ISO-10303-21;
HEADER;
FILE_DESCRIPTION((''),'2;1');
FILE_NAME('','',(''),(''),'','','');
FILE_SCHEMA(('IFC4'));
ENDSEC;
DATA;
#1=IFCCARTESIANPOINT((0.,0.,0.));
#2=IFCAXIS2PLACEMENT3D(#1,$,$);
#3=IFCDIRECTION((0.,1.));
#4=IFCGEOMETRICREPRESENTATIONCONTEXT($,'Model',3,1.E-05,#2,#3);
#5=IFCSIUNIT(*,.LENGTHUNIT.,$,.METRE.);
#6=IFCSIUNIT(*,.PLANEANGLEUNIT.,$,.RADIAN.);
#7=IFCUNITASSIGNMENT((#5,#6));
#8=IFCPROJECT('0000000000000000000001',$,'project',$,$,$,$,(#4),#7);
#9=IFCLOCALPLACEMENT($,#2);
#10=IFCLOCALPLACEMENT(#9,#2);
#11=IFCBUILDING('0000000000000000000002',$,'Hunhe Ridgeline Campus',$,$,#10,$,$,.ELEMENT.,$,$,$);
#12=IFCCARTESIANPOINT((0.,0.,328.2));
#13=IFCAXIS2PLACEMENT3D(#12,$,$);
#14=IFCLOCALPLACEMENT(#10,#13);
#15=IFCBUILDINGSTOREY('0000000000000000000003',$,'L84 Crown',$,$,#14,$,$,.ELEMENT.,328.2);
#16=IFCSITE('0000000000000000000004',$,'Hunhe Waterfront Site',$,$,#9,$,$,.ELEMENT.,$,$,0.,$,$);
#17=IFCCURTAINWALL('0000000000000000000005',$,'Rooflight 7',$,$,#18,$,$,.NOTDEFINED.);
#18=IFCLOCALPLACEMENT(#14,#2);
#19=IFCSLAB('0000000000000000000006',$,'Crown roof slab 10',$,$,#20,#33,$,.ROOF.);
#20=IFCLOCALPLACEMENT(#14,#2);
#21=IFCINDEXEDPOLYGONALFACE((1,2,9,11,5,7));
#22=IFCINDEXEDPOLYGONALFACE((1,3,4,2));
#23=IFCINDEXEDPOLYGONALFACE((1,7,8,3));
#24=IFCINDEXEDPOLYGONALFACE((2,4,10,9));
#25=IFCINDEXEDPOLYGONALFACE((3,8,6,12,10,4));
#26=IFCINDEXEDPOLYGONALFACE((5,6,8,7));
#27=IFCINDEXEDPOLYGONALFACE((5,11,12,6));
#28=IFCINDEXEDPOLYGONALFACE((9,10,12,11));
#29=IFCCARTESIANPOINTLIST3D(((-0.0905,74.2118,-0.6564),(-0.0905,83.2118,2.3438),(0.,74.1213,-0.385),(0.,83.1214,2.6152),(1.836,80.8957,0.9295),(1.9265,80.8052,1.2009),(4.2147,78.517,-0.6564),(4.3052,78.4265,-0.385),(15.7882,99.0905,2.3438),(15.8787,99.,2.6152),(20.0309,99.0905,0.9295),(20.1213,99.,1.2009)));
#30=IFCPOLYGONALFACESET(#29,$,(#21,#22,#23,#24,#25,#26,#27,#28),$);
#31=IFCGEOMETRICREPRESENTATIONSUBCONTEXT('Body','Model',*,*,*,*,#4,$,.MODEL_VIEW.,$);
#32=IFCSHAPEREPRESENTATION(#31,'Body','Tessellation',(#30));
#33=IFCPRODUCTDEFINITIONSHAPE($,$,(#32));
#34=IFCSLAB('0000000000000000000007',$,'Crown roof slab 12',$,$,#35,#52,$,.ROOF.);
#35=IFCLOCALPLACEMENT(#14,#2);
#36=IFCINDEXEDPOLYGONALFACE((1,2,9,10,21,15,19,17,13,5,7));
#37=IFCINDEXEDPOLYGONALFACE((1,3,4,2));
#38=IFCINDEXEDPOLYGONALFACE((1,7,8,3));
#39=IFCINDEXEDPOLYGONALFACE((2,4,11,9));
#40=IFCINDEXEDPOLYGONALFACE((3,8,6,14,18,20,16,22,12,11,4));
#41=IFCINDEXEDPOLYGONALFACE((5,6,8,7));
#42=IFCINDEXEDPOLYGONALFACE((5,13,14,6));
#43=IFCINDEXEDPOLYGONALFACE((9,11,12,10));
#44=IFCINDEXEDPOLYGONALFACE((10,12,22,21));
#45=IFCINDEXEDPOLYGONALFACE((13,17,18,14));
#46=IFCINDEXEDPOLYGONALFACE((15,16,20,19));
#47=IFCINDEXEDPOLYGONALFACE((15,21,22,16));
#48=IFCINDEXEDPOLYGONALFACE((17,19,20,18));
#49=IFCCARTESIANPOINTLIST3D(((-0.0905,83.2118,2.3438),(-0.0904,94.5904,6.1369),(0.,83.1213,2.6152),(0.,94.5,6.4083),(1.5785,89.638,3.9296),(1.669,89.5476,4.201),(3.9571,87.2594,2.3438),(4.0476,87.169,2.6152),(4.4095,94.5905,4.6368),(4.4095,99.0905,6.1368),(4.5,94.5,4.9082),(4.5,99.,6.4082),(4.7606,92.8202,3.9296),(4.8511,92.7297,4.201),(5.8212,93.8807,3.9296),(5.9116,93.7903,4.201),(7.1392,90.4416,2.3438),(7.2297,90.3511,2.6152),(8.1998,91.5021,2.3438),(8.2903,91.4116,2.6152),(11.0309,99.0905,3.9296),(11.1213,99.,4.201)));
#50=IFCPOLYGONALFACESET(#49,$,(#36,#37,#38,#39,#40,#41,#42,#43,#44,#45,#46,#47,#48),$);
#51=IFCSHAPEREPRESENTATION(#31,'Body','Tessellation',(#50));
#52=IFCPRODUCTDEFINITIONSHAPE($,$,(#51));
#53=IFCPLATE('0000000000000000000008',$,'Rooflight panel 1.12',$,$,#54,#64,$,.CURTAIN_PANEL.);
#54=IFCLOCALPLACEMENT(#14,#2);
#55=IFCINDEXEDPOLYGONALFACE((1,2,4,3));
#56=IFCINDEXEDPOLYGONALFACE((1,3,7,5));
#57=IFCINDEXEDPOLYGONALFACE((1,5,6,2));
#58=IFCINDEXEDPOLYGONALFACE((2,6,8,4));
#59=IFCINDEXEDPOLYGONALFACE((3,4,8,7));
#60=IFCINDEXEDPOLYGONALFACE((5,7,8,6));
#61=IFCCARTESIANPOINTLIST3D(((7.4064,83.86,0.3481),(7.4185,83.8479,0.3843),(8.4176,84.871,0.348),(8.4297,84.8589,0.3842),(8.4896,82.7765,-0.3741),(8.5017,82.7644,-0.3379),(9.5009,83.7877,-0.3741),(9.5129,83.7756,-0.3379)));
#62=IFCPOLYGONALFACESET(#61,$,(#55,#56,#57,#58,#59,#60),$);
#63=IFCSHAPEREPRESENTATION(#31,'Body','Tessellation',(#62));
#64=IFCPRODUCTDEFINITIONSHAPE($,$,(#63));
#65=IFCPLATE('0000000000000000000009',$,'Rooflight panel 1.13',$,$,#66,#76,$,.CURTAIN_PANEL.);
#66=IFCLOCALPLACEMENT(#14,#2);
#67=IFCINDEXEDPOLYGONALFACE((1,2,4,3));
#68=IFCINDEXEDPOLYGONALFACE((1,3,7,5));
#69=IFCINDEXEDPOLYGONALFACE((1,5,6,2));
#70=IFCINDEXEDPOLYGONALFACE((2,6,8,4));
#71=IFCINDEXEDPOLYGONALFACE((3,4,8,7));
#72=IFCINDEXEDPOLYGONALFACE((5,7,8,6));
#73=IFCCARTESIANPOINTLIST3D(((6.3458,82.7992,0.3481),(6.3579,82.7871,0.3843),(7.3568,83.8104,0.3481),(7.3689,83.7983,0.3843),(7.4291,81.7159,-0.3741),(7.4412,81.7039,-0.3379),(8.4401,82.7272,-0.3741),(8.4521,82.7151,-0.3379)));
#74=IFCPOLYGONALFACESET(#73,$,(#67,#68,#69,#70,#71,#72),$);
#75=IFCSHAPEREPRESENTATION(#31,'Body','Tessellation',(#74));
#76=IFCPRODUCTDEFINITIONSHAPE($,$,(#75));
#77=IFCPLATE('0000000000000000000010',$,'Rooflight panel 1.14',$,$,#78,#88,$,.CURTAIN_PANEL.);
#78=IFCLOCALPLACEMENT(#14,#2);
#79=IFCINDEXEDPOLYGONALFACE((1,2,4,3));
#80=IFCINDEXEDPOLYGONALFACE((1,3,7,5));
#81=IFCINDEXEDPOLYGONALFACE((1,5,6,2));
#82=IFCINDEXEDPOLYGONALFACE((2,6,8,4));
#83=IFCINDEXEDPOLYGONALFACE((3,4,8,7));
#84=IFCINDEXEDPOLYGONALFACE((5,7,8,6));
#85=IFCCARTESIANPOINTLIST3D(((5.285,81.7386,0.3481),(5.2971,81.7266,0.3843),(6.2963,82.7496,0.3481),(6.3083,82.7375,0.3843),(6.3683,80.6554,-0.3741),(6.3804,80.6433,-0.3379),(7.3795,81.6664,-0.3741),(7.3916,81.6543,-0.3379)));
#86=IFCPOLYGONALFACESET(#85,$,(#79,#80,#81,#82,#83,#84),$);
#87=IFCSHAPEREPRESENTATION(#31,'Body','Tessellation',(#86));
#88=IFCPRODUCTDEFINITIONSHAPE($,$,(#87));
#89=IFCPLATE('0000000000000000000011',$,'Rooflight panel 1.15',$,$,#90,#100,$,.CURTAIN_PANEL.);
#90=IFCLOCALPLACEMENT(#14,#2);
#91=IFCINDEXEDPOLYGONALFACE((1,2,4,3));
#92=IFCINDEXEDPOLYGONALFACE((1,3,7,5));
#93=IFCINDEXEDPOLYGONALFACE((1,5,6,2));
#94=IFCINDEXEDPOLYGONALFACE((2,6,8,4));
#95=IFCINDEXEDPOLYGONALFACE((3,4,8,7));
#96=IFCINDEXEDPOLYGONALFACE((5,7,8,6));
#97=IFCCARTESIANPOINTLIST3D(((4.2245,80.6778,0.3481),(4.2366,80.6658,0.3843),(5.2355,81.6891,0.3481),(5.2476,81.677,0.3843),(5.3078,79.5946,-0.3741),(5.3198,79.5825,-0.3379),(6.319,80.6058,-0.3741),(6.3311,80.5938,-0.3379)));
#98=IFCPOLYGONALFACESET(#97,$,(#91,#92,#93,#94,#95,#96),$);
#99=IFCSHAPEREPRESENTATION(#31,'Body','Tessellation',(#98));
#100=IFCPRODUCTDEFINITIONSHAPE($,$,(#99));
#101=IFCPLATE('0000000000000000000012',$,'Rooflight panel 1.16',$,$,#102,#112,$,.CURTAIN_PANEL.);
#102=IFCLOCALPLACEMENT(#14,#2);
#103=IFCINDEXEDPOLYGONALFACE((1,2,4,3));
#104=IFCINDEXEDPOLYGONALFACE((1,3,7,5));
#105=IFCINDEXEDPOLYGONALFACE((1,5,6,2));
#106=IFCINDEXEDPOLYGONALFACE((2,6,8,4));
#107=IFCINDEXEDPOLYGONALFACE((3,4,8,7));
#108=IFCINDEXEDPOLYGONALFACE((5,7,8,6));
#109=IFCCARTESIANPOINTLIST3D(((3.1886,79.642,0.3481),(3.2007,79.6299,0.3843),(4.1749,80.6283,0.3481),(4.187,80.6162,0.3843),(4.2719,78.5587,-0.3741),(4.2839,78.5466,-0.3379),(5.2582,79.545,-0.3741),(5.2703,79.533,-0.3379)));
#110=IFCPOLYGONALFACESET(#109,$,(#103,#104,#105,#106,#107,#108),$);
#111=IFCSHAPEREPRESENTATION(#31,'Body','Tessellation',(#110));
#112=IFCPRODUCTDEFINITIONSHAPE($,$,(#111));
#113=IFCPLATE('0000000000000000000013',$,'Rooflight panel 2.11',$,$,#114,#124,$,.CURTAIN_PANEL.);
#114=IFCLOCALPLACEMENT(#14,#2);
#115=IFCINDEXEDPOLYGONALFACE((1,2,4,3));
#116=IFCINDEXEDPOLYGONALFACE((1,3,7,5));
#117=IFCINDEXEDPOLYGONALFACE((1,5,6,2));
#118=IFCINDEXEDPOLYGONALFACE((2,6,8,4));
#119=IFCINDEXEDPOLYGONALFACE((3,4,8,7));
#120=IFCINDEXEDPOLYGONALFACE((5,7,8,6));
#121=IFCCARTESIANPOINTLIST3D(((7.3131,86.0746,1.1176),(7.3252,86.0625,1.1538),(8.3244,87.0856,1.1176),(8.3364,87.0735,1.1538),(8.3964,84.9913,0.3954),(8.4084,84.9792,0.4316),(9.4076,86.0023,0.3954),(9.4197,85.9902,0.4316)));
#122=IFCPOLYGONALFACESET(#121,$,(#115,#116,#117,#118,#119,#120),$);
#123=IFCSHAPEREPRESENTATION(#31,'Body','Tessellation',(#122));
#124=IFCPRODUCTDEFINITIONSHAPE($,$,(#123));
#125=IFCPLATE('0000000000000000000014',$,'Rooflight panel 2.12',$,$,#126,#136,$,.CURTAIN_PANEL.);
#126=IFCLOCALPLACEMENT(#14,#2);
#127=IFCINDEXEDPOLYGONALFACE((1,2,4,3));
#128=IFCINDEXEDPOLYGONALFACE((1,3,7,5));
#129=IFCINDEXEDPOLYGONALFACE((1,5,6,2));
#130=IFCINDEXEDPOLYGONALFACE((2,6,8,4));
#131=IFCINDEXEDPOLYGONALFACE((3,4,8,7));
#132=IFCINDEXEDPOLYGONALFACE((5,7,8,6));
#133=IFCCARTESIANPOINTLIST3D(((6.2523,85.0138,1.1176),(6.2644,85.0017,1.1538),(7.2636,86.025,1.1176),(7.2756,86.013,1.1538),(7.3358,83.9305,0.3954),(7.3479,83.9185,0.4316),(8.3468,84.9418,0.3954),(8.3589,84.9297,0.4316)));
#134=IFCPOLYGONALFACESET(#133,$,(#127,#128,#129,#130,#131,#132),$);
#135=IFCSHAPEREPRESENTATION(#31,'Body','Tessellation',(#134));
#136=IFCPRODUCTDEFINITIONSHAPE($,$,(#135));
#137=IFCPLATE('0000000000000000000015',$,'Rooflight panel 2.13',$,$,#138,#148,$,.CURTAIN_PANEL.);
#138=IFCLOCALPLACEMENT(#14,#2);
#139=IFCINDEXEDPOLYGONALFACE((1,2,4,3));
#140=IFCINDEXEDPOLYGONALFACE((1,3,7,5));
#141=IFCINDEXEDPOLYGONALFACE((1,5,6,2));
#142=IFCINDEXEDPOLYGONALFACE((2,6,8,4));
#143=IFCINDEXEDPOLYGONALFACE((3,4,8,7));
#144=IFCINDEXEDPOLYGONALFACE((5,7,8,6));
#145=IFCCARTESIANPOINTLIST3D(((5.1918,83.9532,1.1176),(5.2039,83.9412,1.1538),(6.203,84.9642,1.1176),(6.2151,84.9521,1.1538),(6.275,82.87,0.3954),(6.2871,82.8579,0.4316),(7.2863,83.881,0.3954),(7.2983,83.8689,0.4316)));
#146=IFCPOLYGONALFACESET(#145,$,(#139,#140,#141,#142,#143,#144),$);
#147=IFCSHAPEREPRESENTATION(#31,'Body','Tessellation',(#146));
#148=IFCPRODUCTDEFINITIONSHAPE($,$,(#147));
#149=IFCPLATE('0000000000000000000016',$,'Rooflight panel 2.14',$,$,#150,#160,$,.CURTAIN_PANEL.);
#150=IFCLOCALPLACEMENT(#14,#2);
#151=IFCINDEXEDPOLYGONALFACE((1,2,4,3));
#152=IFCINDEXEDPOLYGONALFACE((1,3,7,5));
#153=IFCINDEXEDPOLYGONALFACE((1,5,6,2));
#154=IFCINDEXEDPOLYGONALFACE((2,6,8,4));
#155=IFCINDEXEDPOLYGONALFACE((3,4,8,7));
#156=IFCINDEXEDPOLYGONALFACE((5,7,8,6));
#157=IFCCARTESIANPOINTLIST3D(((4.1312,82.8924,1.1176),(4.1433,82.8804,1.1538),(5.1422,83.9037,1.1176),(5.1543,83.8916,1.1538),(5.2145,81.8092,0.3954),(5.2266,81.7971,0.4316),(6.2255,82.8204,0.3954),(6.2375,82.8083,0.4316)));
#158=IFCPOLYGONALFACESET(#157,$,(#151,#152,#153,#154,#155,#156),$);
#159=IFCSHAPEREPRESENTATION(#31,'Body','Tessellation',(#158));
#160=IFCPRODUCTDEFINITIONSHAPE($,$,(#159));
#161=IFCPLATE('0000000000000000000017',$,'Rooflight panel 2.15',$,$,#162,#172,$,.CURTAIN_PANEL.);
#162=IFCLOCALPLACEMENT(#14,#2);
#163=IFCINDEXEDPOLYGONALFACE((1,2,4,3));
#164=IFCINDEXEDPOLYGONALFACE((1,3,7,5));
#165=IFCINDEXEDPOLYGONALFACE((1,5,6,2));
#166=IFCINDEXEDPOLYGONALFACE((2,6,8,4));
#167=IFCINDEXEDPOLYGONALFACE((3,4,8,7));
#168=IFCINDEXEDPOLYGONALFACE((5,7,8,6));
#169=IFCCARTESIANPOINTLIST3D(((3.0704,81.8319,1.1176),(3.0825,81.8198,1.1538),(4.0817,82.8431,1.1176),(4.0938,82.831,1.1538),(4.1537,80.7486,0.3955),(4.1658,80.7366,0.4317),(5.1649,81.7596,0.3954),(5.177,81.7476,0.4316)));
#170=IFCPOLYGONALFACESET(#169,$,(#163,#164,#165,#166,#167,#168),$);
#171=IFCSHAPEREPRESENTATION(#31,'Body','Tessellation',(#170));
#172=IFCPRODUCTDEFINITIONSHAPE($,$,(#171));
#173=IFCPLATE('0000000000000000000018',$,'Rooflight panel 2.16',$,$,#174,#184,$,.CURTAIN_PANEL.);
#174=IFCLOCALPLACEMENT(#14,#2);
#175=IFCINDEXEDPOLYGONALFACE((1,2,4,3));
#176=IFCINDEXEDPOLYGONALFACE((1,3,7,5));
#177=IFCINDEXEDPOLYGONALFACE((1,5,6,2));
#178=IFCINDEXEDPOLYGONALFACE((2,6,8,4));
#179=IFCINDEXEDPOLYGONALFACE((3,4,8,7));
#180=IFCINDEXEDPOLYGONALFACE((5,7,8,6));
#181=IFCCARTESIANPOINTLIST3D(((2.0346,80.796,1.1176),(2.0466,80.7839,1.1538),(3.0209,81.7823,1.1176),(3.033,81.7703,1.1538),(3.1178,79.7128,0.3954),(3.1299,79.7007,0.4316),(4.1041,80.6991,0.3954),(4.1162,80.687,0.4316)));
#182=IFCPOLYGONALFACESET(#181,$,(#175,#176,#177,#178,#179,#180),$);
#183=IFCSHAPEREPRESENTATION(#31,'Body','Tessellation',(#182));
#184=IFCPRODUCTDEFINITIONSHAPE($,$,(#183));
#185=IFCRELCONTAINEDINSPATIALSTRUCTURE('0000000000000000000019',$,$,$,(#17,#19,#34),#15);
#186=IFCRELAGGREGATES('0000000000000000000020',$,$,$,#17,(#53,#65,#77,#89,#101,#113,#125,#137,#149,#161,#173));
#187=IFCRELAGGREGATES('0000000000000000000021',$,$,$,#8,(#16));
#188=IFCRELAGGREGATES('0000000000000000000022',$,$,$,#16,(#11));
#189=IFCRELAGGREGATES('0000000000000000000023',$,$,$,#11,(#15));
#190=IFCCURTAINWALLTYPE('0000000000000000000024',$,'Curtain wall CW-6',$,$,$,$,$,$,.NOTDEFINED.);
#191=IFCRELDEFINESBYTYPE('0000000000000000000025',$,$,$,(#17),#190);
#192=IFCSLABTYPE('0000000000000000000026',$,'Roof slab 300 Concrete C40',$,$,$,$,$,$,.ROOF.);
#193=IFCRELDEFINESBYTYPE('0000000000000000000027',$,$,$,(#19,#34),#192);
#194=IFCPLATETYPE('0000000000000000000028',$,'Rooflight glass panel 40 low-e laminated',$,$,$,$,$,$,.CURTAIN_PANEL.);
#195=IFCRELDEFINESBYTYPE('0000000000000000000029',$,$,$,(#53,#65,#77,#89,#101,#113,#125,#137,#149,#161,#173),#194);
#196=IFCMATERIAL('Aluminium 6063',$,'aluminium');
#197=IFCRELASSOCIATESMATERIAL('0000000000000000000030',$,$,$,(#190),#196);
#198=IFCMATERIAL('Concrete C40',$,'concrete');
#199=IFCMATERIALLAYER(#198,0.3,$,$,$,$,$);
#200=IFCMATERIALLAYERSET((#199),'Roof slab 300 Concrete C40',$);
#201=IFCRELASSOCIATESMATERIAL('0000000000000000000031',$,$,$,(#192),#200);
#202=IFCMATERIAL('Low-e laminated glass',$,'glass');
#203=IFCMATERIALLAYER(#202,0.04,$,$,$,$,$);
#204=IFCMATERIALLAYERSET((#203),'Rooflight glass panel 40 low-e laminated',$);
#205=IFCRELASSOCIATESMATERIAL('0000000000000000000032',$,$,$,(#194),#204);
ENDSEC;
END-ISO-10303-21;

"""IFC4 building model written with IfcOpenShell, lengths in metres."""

from ifc_helpers import new_model, si_unit, direction, frame, origin, place, context, subcontext, project, spatial, polyline, outline, extrude, material, layer, layer_set, type_object, element, aggregate, save


model = new_model("IFC4")

# Units and contexts
model_context = context("Model", 3, precision=1e-05, world=origin(), true_north=direction((0.0, 1.0)))
body_context = subcontext(model_context, "Body", "Model", "MODEL_VIEW")
ifc_project = project(units=[si_unit("LENGTHUNIT", "METRE"), si_unit("PLANEANGLEUNIT", "RADIAN")], contexts=[model_context])

# Site, building, storey
site_placement = place(None, origin())
site = spatial("IfcSite", under=ifc_project, at=site_placement, Name="Hunhe Waterfront Site", CompositionType="ELEMENT", RefElevation=0.0)
building_placement = place(site_placement, origin())
building = spatial("IfcBuilding", under=site, at=building_placement, Name="Hunhe Ridgeline Campus", CompositionType="ELEMENT")
storey_placement = place(building_placement, frame((0.0, 0.0, 328.2)))
storey = spatial("IfcBuildingStorey", under=building, at=storey_placement, Name="L84 Crown", CompositionType="ELEMENT", Elevation=328.2)

# Curtain wall
ifc_material_1 = material(Name="Aluminium 6063", Category="aluminium")
curtain_wall_type = type_object("IfcCurtainWallType", Name="Curtain wall CW-6", PredefinedType="NOTDEFINED", material=ifc_material_1)
curtain_wall_1_placement = place(storey_placement, origin())
curtain_wall_1 = element("IfcCurtainWall", 1, at=curtain_wall_1_placement, inside=storey, type_object=curtain_wall_type, Name="Rooflight 7", PredefinedType="NOTDEFINED")

# Slabs
ifc_material_2 = material(Name="Concrete C40", Category="concrete")
ifc_layer_1 = layer(ifc_material_2, 0.3)
ifc_layer_set_1 = layer_set([ifc_layer_1], Name="Roof slab 300 Concrete C40")
slab_type = type_object("IfcSlabType", Name="Roof slab 300 Concrete C40", PredefinedType="ROOF", material=ifc_layer_set_1)
slab_1_placement = place(storey_placement, frame((4.3052, 78.4265, -0.385), z_axis=(0.301526, -0.301527, 0.904524), x_axis=(-0.639595, 0.639595, 0.426423)))
element("IfcSlab", 2, at=slab_1_placement, inside=storey, type_object=slab_type, Name="Crown roof slab 10", PredefinedType="ROOF", context=body_context, shape_type="SweptSolid", body=[
    extrude(outline(polyline([(0.0, 0.0), (3.719, 0.0), (3.719, -25.7314), (7.0357, -22.7313), (7.0357, -0.2755), (0.0, 6.0884), (0.0, 0.0)])), origin(), (0.0, 0.0, -1.0), 0.3),
])
slab_2_placement = place(storey_placement, frame((0.0, 83.1213, 2.6152), z_axis=(0.301532, -0.301522, 0.904524), x_axis=(0.707105, 0.707109, -0.000006)))
element("IfcSlab", 3, at=slab_2_placement, inside=storey, type_object=slab_type, Name="Crown roof slab 12", PredefinedType="ROOF", context=body_context, shape_type="SweptSolid", body=[
    extrude(outline(polyline([(0.0, 0.0), (5.7242, 0.0), (5.7242, 3.7189), (10.2244, 3.7189), (10.2244, 0.0), (11.7242, 0.0), (11.7242, 3.7189), (19.0919, 3.7189), (14.4099, 8.8951), (11.2279, 5.3773), (8.0459, 8.8951), (0.0, 0.0)])), origin(), (0.0, 0.0, -1.0), 0.3),
])

# Plates
ifc_material_3 = material(Name="Low-e laminated glass", Category="glass")
ifc_layer_2 = layer(ifc_material_3, 0.04)
ifc_layer_set_2 = layer_set([ifc_layer_2], Name="Rooflight glass panel 40 low-e laminated")
plate_type = type_object("IfcPlateType", Name="Rooflight glass panel 40 low-e laminated", PredefinedType="CURTAIN_PANEL", material=ifc_layer_set_2)
plate_1_placement = place(storey_placement, frame((9.5129, 83.7756, -0.3379), z_axis=(0.301479, -0.301516, 0.904543), x_axis=(-0.639609, 0.639609, 0.426382)))
plate_1 = element("IfcPlate", 4, at=plate_1_placement, type_object=plate_type, Name="Rooflight panel 1.12", PredefinedType="CURTAIN_PANEL", context=body_context, shape_type="SweptSolid", body=[
    extrude(outline(polyline([(0.0, 0.0), (1.6936, 0.0), (1.6938, 1.4299), (0.0, 1.4301), (0.0, 0.0)])), origin(), (0.0, 0.0, -1.0), 0.04),
])
plate_2_placement = place(storey_placement, frame((8.4521, 82.7151, -0.3379), z_axis=(0.301548, -0.301475, 0.904534), x_axis=(-0.639602, 0.639602, 0.426401)))
plate_2 = element("IfcPlate", 5, at=plate_2_placement, type_object=plate_type, Name="Rooflight panel 1.13", PredefinedType="CURTAIN_PANEL", context=body_context, shape_type="SweptSolid", body=[
    extrude(outline(polyline([(0.0, 0.0), (1.6936, 0.0), (1.6935, 1.4299), (-0.0002, 1.4299), (0.0, 0.0)])), origin(), (0.0, 0.0, -1.0), 0.04),
])
plate_3_placement = place(storey_placement, frame((7.3916, 81.6543, -0.3379), z_axis=(0.301475, -0.301548, 0.904534), x_axis=(-0.639602, 0.639602, 0.426401)))
plate_3 = element("IfcPlate", 6, at=plate_3_placement, type_object=plate_type, Name="Rooflight panel 1.14", PredefinedType="CURTAIN_PANEL", context=body_context, shape_type="SweptSolid", body=[
    extrude(outline(polyline([(0.0, 0.0), (1.6936, 0.0), (1.6938, 1.4299), (0.0002, 1.4299), (0.0, 0.0)])), origin(), (0.0, 0.0, -1.0), 0.04),
])
plate_4_placement = place(storey_placement, frame((6.3311, 80.5938, -0.3379), z_axis=(0.301516, -0.301479, 0.904543), x_axis=(-0.639681, 0.639537, 0.426382)))
plate_4 = element("IfcPlate", 7, at=plate_4_placement, type_object=plate_type, Name="Rooflight panel 1.15", PredefinedType="CURTAIN_PANEL", context=body_context, shape_type="SweptSolid", body=[
    extrude(outline(polyline([(0.0, 0.0), (1.6938, 0.0), (1.6938, 1.4299), (0.0001, 1.4301), (0.0, 0.0)])), origin(), (0.0, 0.0, -1.0), 0.04),
])
plate_5_placement = place(storey_placement, frame((5.2703, 79.533, -0.3379), z_axis=(0.301511, -0.301511, 0.904534), x_axis=(-0.639602, 0.639602, 0.426401)))
plate_5 = element("IfcPlate", 8, at=plate_5_placement, type_object=plate_type, Name="Rooflight panel 1.16", PredefinedType="CURTAIN_PANEL", context=body_context, shape_type="SweptSolid", body=[
    extrude(outline(polyline([(0.0, 0.0), (1.6936, 0.0), (1.6936, 1.3949), (0.0, 1.3949), (0.0, 0.0)])), origin(), (0.0, 0.0, -1.0), 0.04),
])
plate_6_placement = place(storey_placement, frame((9.4197, 85.9902, 0.4316), z_axis=(0.301475, -0.301548, 0.904534), x_axis=(-0.639602, 0.639602, 0.426401)))
plate_6 = element("IfcPlate", 9, at=plate_6_placement, type_object=plate_type, Name="Rooflight panel 2.11", PredefinedType="CURTAIN_PANEL", context=body_context, shape_type="SweptSolid", body=[
    extrude(outline(polyline([(0.0, 0.0), (1.6936, 0.0), (1.6938, 1.4299), (0.0002, 1.4299), (0.0, 0.0)])), origin(), (0.0, 0.0, -1.0), 0.04),
])
plate_7_placement = place(storey_placement, frame((8.3589, 84.9297, 0.4316), z_axis=(0.301516, -0.301479, 0.904543), x_axis=(-0.639609, 0.639609, 0.426382)))
plate_7 = element("IfcPlate", 10, at=plate_7_placement, type_object=plate_type, Name="Rooflight panel 2.12", PredefinedType="CURTAIN_PANEL", context=body_context, shape_type="SweptSolid", body=[
    extrude(outline(polyline([(0.0, 0.0), (1.6936, 0.0), (1.6936, 1.4301), (-0.0002, 1.4299), (0.0, 0.0)])), origin(), (0.0, 0.0, -1.0), 0.04),
])
plate_8_placement = place(storey_placement, frame((7.2983, 83.8689, 0.4316), z_axis=(0.301475, -0.301548, 0.904534), x_axis=(-0.639602, 0.639602, 0.426401)))
plate_8 = element("IfcPlate", 11, at=plate_8_placement, type_object=plate_type, Name="Rooflight panel 2.13", PredefinedType="CURTAIN_PANEL", context=body_context, shape_type="SweptSolid", body=[
    extrude(outline(polyline([(0.0, 0.0), (1.6936, 0.0), (1.6938, 1.4299), (0.0002, 1.4299), (0.0, 0.0)])), origin(), (0.0, 0.0, -1.0), 0.04),
])
plate_9_placement = place(storey_placement, frame((6.2375, 82.8083, 0.4316), z_axis=(0.301548, -0.301475, 0.904534), x_axis=(-0.639602, 0.639602, 0.426401)))
plate_9 = element("IfcPlate", 12, at=plate_9_placement, type_object=plate_type, Name="Rooflight panel 2.14", PredefinedType="CURTAIN_PANEL", context=body_context, shape_type="SweptSolid", body=[
    extrude(outline(polyline([(0.0, 0.0), (1.6936, 0.0), (1.6935, 1.4299), (-0.0002, 1.4299), (0.0, 0.0)])), origin(), (0.0, 0.0, -1.0), 0.04),
])
plate_10_placement = place(storey_placement, frame((5.177, 81.7476, 0.4316), z_axis=(0.301479, -0.301516, 0.904543), x_axis=(-0.639537, 0.639681, 0.426382)))
plate_10 = element("IfcPlate", 13, at=plate_10_placement, type_object=plate_type, Name="Rooflight panel 2.15", PredefinedType="CURTAIN_PANEL", context=body_context, shape_type="SweptSolid", body=[
    extrude(outline(polyline([(0.0, 0.0), (1.6938, 0.0), (1.6936, 1.4301), (0.0, 1.4299), (0.0, 0.0)])), origin(), (0.0, 0.0, -1.0), 0.04),
])
plate_11_placement = place(storey_placement, frame((4.1162, 80.687, 0.4316), z_axis=(0.301511, -0.301511, 0.904534), x_axis=(-0.639602, 0.639602, 0.426401)))
plate_11 = element("IfcPlate", 14, at=plate_11_placement, type_object=plate_type, Name="Rooflight panel 2.16", PredefinedType="CURTAIN_PANEL", context=body_context, shape_type="SweptSolid", body=[
    extrude(outline(polyline([(0.0, 0.0), (1.6936, 0.0), (1.6936, 1.3949), (0.0, 1.3949), (0.0, 0.0)])), origin(), (0.0, 0.0, -1.0), 0.04),
])
aggregate(curtain_wall_1, [plate_1, plate_2, plate_3, plate_4, plate_5, plate_6, plate_7, plate_8, plate_9, plate_10, plate_11])

save(model, "model.ifc")
